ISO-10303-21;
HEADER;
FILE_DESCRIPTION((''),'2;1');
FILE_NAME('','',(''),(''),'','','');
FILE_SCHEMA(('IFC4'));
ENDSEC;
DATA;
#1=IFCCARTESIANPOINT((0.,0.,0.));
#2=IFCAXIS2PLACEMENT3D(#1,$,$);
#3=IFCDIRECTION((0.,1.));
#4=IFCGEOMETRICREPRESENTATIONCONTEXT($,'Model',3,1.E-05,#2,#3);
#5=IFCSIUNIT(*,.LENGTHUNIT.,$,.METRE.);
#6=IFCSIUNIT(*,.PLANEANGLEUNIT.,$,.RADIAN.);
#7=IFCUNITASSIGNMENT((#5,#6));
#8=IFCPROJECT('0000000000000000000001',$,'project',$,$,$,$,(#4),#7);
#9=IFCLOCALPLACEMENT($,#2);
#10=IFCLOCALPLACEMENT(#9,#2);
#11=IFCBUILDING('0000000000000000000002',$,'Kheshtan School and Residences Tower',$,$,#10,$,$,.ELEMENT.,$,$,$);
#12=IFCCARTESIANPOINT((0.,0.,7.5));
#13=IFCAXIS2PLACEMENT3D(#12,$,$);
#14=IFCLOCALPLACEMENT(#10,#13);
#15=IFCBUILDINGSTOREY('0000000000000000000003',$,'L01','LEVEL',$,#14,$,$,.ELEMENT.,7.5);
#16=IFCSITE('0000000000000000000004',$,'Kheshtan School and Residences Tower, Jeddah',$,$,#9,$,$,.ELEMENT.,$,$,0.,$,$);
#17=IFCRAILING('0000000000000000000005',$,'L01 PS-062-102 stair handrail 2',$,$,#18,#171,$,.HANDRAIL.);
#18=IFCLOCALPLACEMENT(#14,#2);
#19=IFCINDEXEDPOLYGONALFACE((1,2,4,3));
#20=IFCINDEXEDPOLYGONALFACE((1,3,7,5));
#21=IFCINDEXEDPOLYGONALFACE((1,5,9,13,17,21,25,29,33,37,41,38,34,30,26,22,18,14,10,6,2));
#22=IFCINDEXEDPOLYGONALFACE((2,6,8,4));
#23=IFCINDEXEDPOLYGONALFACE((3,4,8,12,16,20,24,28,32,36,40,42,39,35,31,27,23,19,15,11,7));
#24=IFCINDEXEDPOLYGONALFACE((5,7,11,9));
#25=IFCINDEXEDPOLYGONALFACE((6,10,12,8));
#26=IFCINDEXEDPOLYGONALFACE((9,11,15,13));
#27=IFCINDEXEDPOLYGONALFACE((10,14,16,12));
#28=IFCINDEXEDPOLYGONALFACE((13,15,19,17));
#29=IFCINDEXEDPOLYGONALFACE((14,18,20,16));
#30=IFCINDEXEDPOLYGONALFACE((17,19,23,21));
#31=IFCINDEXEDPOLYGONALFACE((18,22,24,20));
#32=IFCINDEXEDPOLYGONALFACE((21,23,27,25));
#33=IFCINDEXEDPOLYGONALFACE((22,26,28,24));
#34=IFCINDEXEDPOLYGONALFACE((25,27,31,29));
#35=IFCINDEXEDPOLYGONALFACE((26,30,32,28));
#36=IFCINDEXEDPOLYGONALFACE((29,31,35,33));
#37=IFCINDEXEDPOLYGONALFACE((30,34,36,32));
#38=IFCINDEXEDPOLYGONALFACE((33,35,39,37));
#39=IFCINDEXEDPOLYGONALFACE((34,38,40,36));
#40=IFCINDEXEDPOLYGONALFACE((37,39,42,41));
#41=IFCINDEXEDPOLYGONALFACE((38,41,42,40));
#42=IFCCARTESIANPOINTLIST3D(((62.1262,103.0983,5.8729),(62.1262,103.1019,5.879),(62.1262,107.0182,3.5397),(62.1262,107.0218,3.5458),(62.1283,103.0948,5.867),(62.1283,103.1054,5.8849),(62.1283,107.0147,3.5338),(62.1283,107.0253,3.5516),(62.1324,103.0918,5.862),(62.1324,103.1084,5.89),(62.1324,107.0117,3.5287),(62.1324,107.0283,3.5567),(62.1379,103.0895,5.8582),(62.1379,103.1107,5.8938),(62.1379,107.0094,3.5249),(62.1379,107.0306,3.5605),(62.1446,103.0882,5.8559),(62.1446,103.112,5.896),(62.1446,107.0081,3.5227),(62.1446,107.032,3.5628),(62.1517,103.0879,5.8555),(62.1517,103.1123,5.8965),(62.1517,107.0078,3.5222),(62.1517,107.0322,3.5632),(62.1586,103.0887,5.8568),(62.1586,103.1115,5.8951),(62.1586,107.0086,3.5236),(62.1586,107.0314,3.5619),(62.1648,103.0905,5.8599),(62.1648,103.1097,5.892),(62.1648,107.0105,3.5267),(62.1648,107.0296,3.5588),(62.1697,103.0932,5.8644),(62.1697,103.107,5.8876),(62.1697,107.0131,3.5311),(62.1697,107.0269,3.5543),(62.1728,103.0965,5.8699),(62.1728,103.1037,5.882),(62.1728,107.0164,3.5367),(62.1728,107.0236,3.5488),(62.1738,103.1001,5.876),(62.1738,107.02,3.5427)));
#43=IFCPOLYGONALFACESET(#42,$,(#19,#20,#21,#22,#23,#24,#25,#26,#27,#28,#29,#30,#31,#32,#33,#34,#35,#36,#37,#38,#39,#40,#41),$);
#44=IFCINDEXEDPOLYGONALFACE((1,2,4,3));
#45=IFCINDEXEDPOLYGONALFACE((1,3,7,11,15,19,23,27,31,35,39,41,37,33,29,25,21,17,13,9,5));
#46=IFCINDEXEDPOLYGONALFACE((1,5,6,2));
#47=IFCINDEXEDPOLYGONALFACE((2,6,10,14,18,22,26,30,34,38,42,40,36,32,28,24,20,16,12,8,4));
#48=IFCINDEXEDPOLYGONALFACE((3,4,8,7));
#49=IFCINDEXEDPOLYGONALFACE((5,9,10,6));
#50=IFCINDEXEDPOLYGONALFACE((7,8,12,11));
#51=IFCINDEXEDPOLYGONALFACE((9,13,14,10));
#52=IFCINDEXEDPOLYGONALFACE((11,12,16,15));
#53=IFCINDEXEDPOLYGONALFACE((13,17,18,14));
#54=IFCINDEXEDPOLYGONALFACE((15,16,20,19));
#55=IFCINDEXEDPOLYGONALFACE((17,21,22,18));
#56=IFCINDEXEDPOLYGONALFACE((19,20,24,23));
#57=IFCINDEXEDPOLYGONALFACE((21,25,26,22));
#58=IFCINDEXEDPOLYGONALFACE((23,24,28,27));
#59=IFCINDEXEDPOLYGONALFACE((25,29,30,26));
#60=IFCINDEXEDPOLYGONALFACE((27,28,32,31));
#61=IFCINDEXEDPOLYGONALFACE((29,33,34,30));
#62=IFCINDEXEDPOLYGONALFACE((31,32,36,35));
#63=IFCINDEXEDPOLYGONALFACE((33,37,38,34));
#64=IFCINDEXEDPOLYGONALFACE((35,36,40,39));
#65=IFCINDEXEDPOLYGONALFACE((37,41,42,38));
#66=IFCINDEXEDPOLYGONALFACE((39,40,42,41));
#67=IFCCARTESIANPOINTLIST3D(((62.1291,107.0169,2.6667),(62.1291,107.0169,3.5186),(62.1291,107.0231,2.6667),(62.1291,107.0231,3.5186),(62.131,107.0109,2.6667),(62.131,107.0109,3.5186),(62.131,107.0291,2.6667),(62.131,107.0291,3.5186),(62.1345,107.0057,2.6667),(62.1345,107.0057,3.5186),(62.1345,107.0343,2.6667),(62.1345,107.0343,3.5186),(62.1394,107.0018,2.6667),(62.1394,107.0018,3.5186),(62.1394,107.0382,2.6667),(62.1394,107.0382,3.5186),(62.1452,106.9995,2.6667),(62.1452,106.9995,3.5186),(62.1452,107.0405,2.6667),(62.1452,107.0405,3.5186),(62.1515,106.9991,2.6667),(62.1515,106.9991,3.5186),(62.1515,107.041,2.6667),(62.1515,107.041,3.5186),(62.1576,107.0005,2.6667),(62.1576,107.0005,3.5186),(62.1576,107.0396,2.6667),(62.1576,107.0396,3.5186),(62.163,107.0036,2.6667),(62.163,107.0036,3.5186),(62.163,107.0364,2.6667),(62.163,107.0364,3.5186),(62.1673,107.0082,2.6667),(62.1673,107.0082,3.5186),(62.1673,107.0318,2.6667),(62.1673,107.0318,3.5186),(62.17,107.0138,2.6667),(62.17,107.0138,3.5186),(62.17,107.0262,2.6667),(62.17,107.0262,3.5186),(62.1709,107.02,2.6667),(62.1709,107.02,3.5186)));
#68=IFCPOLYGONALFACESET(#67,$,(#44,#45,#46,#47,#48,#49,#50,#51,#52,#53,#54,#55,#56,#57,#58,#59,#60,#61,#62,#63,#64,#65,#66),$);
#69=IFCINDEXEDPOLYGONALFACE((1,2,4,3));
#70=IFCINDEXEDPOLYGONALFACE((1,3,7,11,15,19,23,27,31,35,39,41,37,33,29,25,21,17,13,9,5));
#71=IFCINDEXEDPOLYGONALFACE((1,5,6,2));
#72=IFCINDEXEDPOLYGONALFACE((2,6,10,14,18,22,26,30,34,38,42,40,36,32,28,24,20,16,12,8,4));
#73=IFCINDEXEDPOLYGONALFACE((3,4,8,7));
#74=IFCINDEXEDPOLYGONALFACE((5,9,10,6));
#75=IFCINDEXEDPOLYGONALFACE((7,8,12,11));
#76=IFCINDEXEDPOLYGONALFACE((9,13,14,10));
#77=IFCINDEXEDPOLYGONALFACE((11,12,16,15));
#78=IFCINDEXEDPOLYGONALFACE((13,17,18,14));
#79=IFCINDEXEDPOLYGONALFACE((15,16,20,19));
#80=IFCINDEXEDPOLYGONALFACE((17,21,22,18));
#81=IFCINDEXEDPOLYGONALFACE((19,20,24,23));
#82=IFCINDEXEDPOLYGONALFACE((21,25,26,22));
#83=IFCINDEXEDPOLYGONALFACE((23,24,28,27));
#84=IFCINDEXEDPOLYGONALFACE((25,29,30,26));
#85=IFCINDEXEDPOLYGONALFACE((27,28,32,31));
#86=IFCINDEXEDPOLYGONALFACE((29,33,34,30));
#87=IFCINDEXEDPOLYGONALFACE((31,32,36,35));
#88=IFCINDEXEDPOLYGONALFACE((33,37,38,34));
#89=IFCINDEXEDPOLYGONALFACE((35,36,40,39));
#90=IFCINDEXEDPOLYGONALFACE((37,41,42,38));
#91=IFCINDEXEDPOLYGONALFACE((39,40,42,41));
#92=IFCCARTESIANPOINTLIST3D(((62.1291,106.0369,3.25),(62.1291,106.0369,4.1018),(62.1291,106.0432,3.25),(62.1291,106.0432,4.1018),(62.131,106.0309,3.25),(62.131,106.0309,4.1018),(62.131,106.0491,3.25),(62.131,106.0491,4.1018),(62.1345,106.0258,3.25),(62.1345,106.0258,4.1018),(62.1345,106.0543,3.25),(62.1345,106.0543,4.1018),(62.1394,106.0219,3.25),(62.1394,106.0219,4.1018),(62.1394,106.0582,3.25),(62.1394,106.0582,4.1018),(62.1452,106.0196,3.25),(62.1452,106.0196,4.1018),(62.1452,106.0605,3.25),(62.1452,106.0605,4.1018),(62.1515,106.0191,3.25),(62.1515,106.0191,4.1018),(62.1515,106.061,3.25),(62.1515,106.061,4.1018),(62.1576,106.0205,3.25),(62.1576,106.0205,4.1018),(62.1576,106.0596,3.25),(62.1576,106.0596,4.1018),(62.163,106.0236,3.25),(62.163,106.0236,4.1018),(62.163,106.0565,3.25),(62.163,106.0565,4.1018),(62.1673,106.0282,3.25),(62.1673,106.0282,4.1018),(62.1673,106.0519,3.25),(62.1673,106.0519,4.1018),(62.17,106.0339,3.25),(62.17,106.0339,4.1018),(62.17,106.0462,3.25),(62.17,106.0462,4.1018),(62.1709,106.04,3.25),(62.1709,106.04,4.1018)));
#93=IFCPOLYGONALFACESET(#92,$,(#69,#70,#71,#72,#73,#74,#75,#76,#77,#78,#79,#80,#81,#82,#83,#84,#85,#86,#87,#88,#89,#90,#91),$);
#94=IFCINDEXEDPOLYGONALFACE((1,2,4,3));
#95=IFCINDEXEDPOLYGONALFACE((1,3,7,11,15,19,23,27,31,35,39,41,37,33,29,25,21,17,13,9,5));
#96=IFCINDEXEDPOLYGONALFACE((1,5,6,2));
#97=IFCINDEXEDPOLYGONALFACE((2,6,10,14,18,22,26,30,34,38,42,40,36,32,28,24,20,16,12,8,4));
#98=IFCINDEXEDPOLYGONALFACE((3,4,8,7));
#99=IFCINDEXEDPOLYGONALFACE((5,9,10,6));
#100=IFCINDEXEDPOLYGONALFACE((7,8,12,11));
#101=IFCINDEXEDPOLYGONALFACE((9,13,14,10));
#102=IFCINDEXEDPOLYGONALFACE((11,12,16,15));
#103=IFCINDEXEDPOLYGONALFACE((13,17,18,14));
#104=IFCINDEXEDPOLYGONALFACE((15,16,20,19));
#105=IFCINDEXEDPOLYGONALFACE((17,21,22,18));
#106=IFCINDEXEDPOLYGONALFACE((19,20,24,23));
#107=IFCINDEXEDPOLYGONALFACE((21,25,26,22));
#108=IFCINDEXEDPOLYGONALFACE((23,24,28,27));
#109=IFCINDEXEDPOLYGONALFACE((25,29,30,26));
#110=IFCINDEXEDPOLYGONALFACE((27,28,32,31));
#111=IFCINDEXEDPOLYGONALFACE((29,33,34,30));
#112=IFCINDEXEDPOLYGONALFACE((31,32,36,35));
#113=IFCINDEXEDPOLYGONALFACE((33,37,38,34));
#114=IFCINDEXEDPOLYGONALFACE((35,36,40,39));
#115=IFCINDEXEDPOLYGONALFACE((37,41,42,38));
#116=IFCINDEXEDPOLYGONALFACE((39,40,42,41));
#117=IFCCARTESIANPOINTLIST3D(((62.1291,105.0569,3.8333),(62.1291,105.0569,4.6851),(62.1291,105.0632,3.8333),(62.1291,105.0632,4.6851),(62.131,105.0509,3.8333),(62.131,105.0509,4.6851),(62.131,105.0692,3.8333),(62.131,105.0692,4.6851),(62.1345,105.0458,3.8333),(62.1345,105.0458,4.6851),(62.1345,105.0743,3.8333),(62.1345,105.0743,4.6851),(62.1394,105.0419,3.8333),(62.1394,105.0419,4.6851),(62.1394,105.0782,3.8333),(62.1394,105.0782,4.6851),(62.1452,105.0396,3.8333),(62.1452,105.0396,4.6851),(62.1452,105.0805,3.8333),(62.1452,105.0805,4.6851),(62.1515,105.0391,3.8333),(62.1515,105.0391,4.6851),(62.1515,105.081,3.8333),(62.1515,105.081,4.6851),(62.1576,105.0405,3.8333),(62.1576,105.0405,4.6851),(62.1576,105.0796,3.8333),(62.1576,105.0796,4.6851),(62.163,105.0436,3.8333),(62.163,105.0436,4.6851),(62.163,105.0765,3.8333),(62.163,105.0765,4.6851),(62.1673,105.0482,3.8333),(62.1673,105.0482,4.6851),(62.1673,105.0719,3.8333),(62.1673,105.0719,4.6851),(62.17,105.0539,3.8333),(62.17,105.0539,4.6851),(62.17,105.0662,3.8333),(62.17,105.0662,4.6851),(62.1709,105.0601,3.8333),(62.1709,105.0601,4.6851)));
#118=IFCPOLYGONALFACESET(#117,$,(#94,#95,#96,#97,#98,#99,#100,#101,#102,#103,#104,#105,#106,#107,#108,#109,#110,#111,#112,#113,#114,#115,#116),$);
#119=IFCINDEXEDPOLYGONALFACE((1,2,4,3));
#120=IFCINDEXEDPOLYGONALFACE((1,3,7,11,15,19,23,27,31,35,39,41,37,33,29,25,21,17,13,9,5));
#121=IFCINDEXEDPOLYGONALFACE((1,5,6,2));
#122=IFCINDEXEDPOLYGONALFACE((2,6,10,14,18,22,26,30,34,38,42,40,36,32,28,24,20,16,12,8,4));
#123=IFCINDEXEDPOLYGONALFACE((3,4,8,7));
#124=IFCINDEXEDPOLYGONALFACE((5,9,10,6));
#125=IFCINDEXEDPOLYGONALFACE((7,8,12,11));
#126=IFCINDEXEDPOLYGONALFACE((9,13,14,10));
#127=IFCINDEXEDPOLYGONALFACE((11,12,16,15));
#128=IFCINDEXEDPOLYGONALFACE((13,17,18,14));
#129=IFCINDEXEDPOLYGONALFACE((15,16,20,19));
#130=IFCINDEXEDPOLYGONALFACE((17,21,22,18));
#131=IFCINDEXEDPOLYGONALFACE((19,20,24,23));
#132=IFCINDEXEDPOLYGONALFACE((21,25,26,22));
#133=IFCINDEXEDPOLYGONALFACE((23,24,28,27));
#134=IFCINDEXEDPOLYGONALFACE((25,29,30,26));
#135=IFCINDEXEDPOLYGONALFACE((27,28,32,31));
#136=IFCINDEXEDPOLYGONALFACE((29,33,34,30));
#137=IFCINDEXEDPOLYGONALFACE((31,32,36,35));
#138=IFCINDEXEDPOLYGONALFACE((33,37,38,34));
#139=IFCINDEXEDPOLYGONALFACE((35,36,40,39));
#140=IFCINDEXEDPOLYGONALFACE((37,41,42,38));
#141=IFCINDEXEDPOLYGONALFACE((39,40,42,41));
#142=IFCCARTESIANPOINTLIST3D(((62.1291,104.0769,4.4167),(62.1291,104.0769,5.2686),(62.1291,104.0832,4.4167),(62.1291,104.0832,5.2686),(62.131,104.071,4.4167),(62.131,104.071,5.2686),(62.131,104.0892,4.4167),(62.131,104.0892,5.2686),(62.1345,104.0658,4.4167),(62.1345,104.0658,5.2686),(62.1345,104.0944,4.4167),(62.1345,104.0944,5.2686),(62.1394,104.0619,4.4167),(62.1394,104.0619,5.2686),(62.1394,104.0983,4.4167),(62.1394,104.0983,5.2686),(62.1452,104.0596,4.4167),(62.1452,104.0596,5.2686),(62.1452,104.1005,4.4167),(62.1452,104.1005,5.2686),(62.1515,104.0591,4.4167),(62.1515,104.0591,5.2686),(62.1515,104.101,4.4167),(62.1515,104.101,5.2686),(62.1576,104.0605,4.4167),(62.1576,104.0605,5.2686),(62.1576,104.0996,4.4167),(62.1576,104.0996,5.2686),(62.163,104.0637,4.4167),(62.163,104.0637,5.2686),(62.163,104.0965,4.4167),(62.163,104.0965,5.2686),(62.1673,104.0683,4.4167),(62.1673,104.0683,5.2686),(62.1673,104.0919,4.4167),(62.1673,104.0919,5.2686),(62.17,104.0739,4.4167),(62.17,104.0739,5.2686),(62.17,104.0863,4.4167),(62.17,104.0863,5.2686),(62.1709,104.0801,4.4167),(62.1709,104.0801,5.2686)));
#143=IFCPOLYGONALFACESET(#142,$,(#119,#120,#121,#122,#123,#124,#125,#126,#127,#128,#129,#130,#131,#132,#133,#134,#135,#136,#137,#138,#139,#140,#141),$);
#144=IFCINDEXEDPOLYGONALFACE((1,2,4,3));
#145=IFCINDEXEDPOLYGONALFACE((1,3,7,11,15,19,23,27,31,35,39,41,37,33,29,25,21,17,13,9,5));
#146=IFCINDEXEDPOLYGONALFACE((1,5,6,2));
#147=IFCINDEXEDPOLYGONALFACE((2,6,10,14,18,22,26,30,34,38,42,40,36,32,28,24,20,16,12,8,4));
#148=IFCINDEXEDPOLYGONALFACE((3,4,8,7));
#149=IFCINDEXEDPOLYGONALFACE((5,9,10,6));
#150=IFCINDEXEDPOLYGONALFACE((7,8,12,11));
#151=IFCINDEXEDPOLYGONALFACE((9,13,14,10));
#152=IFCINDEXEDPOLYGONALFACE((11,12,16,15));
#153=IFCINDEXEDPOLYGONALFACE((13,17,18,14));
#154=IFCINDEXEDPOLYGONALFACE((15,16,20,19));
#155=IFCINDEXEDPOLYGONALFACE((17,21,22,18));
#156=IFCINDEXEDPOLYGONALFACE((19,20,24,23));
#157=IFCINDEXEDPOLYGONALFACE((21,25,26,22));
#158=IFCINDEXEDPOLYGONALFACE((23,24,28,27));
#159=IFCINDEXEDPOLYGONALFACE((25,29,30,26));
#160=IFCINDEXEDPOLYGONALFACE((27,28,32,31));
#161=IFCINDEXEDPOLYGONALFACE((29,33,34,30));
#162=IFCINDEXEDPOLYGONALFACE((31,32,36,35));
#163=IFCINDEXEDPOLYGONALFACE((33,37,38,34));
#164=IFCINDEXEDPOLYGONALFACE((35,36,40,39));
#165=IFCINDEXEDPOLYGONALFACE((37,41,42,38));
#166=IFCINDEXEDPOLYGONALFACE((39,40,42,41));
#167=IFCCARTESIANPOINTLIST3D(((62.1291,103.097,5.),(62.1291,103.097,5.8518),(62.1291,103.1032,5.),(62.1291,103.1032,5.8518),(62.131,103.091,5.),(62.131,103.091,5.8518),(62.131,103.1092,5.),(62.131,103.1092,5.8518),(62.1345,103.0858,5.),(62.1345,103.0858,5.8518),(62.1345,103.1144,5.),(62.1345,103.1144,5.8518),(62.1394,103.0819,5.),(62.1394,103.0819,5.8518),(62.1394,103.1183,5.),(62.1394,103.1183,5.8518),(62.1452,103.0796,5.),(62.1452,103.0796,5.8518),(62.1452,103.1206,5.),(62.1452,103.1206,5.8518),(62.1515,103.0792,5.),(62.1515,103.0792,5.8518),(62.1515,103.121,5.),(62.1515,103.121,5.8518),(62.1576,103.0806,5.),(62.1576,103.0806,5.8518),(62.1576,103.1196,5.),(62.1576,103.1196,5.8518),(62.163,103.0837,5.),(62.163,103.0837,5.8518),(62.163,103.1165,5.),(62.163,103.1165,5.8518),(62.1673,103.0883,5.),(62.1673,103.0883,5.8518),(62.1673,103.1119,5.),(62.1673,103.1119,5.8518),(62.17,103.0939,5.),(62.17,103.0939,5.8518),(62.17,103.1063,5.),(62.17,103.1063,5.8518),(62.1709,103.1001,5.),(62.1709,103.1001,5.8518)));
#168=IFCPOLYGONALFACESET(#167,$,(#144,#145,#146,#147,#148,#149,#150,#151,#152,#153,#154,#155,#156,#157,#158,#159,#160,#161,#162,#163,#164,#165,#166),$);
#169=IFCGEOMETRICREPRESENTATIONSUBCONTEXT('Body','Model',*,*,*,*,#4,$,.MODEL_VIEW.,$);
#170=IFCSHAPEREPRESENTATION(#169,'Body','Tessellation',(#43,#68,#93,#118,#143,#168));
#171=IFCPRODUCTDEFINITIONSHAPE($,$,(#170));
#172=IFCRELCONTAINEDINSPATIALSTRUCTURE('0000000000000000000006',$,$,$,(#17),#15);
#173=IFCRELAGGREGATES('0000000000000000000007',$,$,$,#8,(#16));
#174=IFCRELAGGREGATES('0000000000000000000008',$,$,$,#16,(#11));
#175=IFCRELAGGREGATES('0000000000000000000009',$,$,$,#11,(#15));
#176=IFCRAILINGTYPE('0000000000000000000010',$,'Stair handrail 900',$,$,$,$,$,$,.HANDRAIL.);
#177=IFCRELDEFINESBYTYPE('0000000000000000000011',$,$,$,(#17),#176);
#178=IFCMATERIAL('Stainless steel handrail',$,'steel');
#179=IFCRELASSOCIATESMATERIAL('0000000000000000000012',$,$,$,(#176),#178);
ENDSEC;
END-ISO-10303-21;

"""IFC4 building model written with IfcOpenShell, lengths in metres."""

from ifc_helpers import new_model, si_unit, direction, frame, origin, origin_2d, place, context, subcontext, project, spatial, circle, extrude, material, type_object, element, save


model = new_model("IFC4")

# Units and contexts
model_context = context("Model", 3, precision=1e-05, world=origin(), true_north=direction((0.0, 1.0)))
body_context = subcontext(model_context, "Body", "Model", "MODEL_VIEW")
ifc_project = project(units=[si_unit("LENGTHUNIT", "METRE"), si_unit("PLANEANGLEUNIT", "RADIAN")], contexts=[model_context])

# Site, building, storey
site_placement = place(None, origin())
site = spatial("IfcSite", under=ifc_project, at=site_placement, Name="Kheshtan School and Residences Tower, Jeddah", CompositionType="ELEMENT", RefElevation=0.0)
building_placement = place(site_placement, origin())
building = spatial("IfcBuilding", under=site, at=building_placement, Name="Kheshtan School and Residences Tower", CompositionType="ELEMENT")
storey_placement = place(building_placement, frame((0.0, 0.0, 7.5)))
storey = spatial("IfcBuildingStorey", under=building, at=storey_placement, Name="L01", Description="LEVEL", CompositionType="ELEMENT", Elevation=7.5)

# Railing
ifc_material_1 = material(Name="Stainless steel handrail", Category="steel")
railing_type_1 = type_object("IfcRailingType", Name="Stair handrail 900", PredefinedType="HANDRAIL", material=ifc_material_1)
railing_1_placement = place(storey_placement, frame((62.1499, 107.02, 2.6667)))
element("IfcRailing", 1, at=railing_1_placement, inside=storey, type_object=railing_type_1, Name="L01 PS-062-102 stair handrail 2", PredefinedType="HANDRAIL", context=body_context, shape_type="SweptSolid", body=[
    extrude(circle(Radius=0.0239, at=origin_2d()), frame((0.0, 0.0, 0.876), z_axis=(0.0, -0.859296, 0.511478), x_axis=(1.0, 0.0, 0.0)), (0.0, 0.0, 1.0), 4.5618),
    extrude(circle(Radius=0.021, at=origin_2d()), origin(), (0.0, 0.0, 1.0), 0.8518),
    extrude(circle(Radius=0.021, at=origin_2d()), frame((0.0, -0.98, 0.5833)), (0.0, 0.0, 1.0), 0.8518),
    extrude(circle(Radius=0.021, at=origin_2d()), frame((0.0, -1.96, 1.1665)), (0.0, 0.0, 1.0), 0.8518),
    extrude(circle(Radius=0.021, at=origin_2d()), frame((0.0, -2.9399, 1.75)), (0.0, 0.0, 1.0), 0.8518),
    extrude(circle(Radius=0.021, at=origin_2d()), frame((0.0, -3.9199, 2.3333)), (0.0, 0.0, 1.0), 0.8518),
])

save(model, "model.ifc")
